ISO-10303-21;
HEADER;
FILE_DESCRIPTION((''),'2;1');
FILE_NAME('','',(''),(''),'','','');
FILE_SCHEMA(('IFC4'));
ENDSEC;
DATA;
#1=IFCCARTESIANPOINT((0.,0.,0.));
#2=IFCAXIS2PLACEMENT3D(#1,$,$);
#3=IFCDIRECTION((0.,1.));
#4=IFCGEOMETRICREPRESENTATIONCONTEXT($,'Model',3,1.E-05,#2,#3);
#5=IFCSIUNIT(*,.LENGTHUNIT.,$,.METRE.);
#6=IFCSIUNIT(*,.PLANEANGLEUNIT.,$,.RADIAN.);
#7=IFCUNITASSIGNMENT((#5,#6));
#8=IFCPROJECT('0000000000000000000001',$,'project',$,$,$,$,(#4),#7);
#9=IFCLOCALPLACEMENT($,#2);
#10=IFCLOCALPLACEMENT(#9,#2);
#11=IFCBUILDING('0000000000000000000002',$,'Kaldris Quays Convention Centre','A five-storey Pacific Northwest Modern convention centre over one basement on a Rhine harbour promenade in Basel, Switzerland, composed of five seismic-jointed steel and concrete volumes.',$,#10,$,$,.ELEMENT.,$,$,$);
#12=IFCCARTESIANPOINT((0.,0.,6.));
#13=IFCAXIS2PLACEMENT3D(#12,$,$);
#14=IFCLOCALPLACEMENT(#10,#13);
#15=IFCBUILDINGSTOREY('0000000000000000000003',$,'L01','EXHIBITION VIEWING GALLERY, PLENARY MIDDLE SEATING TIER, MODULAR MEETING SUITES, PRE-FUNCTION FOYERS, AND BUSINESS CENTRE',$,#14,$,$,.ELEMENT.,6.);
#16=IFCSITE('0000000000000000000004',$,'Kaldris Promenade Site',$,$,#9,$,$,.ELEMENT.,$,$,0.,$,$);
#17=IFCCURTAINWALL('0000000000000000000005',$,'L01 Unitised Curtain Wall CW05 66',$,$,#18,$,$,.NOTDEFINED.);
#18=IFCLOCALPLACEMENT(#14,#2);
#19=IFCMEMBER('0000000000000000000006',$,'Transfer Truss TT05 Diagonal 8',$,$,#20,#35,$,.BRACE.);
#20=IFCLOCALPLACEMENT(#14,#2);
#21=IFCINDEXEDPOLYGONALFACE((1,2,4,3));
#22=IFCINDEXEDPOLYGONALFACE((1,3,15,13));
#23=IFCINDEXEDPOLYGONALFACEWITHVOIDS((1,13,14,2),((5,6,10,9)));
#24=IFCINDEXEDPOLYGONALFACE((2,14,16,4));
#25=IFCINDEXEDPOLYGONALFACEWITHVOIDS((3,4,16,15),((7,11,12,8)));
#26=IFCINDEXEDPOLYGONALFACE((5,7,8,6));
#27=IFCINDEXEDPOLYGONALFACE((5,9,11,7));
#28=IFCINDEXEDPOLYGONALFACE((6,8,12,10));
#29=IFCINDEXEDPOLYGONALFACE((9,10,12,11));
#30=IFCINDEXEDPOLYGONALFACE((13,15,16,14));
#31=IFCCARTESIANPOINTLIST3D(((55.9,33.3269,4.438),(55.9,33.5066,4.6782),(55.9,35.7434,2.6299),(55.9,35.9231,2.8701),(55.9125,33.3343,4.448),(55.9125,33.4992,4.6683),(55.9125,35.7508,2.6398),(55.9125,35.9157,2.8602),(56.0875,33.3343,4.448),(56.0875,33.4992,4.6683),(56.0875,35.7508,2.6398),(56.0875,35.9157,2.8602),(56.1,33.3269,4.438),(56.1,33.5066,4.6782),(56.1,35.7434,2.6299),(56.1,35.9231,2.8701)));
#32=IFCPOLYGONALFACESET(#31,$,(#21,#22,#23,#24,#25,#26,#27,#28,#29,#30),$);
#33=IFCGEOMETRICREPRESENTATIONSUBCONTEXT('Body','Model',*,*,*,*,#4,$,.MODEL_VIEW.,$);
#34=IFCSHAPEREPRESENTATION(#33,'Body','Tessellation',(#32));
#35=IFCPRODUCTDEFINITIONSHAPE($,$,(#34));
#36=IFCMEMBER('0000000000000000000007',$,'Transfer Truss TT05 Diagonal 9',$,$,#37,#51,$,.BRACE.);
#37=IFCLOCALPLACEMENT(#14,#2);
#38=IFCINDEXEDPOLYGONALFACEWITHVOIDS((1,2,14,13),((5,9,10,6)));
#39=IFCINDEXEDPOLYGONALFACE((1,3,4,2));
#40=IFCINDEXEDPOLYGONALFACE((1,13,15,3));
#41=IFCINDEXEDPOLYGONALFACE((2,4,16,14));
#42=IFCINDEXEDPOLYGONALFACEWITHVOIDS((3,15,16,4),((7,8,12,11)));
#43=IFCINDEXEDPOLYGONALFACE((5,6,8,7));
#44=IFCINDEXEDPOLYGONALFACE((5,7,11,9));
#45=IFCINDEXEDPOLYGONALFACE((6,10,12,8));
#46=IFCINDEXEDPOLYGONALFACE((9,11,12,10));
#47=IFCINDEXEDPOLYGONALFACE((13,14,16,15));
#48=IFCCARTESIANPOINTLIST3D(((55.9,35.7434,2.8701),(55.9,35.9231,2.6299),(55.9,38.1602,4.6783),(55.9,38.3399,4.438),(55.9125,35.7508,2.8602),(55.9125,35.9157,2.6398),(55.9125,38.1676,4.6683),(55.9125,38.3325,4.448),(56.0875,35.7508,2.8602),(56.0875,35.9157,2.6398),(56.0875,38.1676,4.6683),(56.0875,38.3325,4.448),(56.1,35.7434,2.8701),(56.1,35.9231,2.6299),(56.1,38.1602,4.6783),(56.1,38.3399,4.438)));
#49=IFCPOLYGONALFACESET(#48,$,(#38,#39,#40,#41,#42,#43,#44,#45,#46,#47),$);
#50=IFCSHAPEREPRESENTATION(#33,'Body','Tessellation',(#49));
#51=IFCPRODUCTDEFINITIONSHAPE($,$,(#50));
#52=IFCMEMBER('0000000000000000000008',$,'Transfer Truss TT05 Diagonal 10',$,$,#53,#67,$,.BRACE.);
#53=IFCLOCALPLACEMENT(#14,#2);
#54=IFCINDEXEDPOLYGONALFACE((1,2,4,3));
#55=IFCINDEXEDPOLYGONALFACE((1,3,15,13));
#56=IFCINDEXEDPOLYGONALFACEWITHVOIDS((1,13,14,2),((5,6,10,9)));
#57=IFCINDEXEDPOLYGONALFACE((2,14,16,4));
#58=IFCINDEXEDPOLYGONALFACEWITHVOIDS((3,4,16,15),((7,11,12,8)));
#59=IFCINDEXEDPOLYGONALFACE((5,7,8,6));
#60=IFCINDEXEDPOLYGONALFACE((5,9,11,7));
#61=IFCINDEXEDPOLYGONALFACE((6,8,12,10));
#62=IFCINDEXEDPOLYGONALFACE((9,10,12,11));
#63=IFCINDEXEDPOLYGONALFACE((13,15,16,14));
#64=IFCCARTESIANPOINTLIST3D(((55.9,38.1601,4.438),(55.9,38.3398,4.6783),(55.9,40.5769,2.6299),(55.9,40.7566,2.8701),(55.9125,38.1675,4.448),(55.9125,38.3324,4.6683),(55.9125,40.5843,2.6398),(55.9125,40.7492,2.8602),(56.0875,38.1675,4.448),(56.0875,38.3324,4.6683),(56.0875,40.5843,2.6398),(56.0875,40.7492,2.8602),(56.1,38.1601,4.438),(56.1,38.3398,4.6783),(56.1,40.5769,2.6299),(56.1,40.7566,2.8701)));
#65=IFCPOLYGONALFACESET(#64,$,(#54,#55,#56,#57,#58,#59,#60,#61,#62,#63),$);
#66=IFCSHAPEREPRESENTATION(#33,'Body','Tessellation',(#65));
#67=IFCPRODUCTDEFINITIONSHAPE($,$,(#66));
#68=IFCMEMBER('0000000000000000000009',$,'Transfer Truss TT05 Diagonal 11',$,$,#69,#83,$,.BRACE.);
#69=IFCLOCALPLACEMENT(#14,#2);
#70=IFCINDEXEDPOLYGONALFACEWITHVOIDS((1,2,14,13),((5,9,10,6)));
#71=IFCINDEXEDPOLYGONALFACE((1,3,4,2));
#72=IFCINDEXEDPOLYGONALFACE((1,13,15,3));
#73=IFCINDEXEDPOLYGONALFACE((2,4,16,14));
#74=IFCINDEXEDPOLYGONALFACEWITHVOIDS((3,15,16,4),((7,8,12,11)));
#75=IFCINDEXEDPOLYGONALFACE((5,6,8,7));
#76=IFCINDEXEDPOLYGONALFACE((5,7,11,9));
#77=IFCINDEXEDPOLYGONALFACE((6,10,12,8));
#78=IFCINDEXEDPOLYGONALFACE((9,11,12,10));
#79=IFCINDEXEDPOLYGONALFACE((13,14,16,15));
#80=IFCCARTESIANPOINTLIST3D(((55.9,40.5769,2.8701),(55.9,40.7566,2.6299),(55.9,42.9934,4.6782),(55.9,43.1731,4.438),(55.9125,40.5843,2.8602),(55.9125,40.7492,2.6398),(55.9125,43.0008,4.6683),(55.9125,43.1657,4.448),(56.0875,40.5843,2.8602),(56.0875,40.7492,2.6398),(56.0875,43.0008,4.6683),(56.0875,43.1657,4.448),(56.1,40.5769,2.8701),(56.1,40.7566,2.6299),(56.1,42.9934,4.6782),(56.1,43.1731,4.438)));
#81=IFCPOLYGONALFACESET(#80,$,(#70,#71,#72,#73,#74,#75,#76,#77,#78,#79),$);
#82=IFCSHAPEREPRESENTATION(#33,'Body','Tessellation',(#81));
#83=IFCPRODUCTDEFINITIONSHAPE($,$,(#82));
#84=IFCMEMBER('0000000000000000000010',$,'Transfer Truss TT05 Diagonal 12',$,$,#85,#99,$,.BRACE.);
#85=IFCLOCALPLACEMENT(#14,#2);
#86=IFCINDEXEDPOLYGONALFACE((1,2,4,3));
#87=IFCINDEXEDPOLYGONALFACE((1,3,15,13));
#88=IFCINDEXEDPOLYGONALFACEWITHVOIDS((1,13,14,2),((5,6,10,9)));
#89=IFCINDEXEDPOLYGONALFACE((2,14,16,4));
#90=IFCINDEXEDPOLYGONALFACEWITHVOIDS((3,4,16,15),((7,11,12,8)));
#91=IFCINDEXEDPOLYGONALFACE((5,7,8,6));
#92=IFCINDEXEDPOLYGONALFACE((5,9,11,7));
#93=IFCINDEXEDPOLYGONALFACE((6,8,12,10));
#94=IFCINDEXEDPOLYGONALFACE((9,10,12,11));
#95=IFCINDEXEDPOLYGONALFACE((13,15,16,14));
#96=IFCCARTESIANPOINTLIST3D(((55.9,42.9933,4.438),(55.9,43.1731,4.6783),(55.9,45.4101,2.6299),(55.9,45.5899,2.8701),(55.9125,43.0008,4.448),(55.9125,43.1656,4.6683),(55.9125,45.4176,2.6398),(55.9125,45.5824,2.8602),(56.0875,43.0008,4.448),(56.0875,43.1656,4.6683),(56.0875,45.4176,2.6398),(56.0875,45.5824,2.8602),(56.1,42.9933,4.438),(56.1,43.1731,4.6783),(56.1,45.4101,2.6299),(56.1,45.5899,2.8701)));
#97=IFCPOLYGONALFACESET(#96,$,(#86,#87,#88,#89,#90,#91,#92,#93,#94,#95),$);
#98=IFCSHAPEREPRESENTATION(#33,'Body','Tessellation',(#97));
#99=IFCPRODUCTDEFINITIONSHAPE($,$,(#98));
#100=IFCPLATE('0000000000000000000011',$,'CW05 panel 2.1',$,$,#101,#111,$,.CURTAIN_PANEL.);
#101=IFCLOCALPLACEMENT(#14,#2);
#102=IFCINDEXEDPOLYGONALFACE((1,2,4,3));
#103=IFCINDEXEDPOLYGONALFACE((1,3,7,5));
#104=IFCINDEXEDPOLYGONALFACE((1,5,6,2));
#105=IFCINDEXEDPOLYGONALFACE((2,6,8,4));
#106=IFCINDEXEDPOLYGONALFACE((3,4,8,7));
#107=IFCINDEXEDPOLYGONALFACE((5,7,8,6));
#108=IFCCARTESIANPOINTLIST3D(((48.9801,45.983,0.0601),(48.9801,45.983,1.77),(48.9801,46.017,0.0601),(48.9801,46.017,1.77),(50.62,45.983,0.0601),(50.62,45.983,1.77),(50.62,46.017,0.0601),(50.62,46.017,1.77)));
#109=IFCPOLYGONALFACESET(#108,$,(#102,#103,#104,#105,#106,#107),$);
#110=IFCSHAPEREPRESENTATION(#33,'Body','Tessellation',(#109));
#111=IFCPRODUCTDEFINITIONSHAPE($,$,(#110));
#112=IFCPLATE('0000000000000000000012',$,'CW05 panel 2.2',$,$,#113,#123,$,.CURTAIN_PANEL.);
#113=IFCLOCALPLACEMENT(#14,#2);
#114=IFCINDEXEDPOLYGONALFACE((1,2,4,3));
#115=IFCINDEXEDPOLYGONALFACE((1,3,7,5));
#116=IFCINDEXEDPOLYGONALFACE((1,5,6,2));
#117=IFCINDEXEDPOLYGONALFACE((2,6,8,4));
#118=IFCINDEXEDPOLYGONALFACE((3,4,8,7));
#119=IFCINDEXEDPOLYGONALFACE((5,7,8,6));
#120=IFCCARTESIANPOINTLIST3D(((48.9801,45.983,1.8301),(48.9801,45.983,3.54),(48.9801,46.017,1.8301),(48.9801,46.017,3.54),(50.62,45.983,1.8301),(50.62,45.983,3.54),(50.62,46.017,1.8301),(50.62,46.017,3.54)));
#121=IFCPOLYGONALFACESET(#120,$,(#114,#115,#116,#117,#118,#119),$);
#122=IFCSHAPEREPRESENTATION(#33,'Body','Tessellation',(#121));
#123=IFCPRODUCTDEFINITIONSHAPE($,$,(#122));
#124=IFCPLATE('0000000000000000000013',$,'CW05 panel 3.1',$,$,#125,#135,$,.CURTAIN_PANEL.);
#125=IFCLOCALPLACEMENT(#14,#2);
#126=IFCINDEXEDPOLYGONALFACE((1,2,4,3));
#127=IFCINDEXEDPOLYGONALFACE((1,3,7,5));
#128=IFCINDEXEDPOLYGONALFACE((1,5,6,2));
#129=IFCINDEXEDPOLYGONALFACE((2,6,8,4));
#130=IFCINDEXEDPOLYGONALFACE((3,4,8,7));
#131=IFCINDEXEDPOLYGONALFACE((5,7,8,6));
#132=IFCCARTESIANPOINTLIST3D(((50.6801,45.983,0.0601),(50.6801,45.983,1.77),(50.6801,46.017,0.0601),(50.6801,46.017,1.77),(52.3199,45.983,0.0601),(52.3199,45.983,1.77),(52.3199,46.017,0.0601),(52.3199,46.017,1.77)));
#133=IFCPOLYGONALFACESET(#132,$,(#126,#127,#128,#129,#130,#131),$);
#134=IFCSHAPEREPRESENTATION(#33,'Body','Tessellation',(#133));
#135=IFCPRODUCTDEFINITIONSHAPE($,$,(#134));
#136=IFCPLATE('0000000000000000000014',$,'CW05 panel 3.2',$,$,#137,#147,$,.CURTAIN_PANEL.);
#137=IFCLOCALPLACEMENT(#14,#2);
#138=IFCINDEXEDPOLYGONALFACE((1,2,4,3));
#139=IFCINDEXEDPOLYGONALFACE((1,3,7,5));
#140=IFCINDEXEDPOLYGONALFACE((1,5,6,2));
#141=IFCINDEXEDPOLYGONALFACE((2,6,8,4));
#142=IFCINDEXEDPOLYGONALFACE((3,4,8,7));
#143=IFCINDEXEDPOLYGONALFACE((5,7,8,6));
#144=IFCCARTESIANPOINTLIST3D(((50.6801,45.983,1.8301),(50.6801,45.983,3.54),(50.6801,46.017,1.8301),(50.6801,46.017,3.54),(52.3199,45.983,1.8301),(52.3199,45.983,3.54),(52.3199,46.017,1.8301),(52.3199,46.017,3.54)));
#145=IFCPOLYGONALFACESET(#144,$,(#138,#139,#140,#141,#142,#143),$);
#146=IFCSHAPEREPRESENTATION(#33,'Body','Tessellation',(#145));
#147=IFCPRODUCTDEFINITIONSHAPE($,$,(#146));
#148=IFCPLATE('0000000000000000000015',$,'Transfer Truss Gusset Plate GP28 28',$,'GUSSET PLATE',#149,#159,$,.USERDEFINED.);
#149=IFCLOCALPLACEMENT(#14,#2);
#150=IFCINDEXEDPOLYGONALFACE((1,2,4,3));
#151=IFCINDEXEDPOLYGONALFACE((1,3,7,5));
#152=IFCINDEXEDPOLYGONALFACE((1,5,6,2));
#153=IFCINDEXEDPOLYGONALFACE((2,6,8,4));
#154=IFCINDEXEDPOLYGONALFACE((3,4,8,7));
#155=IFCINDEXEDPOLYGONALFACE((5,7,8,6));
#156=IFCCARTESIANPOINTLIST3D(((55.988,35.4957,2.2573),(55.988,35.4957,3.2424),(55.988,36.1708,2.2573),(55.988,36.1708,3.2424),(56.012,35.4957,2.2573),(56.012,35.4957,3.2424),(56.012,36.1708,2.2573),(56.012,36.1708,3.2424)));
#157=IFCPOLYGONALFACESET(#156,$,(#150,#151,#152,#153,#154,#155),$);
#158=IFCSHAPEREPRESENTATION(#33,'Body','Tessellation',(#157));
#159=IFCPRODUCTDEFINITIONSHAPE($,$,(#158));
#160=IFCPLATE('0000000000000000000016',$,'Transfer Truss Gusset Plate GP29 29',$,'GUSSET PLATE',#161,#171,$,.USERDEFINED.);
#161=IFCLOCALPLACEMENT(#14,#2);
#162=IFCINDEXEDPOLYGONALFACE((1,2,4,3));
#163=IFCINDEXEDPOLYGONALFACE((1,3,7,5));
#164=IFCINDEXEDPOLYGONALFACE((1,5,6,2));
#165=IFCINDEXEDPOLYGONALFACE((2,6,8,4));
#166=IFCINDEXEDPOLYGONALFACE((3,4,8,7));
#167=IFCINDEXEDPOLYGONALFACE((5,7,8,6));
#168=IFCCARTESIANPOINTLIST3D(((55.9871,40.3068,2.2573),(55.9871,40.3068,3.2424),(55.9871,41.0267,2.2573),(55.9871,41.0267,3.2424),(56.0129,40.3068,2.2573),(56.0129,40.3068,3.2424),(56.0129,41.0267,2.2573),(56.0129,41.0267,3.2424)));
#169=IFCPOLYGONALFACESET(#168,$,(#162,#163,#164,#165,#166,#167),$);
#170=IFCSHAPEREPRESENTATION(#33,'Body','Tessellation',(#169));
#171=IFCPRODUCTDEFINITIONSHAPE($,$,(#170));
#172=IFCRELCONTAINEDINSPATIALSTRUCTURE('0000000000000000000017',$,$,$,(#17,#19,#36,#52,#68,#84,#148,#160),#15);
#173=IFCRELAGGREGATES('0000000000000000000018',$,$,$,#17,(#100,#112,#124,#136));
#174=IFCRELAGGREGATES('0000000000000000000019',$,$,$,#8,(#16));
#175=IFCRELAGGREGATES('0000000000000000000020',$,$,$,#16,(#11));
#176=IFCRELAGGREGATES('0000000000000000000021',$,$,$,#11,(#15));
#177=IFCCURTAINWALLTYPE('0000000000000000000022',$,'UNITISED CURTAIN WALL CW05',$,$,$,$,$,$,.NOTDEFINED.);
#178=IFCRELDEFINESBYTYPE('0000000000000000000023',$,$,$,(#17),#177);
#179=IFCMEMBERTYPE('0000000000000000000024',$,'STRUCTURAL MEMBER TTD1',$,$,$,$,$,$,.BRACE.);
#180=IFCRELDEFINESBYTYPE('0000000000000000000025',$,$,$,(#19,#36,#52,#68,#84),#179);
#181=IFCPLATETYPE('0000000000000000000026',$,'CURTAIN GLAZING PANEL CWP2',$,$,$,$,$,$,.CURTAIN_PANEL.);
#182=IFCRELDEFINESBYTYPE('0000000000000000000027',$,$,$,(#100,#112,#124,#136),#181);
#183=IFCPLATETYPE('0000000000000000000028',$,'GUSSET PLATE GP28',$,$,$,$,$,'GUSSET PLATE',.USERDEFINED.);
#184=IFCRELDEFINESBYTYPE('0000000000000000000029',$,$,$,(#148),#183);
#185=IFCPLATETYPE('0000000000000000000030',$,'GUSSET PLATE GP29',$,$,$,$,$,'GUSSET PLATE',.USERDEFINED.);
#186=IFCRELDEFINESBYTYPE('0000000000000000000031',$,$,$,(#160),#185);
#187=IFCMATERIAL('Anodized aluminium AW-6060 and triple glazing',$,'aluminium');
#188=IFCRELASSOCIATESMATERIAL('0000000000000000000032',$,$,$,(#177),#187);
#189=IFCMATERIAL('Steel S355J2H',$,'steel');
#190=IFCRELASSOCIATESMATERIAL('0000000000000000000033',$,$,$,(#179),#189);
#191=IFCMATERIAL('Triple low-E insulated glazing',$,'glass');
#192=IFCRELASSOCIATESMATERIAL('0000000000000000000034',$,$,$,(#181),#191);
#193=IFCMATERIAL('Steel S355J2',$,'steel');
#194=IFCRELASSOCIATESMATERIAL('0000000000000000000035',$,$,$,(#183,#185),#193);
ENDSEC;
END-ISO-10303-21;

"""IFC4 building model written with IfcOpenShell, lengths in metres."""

from ifc_helpers import new_model, si_unit, direction, frame, origin, origin_2d, place, context, subcontext, project, spatial, rectangle, hollow_rectangle, extrude, material, material_profile, profile_set, type_object, element, aggregate, save


model = new_model("IFC4")

# Units and contexts
model_context = context("Model", 3, precision=1e-05, world=origin(), true_north=direction((0.0, 1.0)))
body_context = subcontext(model_context, "Body", "Model", "MODEL_VIEW")
ifc_project = project(units=[si_unit("LENGTHUNIT", "METRE"), si_unit("PLANEANGLEUNIT", "RADIAN")], contexts=[model_context])

# Site, building, storey
site_placement = place(None, origin())
site = spatial("IfcSite", under=ifc_project, at=site_placement, Name="Kaldris Promenade Site", CompositionType="ELEMENT", RefElevation=0.0)
building_placement = place(site_placement, origin())
building = spatial("IfcBuilding", under=site, at=building_placement, Name="Kaldris Quays Convention Centre", Description="A five-storey Pacific Northwest Modern convention centre over one basement on a Rhine harbour promenade in Basel, Switzerland, composed of five seismic-jointed steel and concrete volumes.", CompositionType="ELEMENT")
storey_placement = place(building_placement, frame((0.0, 0.0, 6.0)))
storey = spatial("IfcBuildingStorey", under=building, at=storey_placement, Name="L01", Description="EXHIBITION VIEWING GALLERY, PLENARY MIDDLE SEATING TIER, MODULAR MEETING SUITES, PRE-FUNCTION FOYERS, AND BUSINESS CENTRE", CompositionType="ELEMENT", Elevation=6.0)

# Curtain wall
ifc_material_1 = material(Name="Anodized aluminium AW-6060 and triple glazing", Category="aluminium")
curtain_wall_type = type_object("IfcCurtainWallType", Name="UNITISED CURTAIN WALL CW05", PredefinedType="NOTDEFINED", material=ifc_material_1)
curtain_wall_placement = place(storey_placement, origin())
curtain_wall = element("IfcCurtainWall", 1, at=curtain_wall_placement, inside=storey, type_object=curtain_wall_type, Name="L01 Unitised Curtain Wall CW05 66", PredefinedType="NOTDEFINED")

# Shared definitions
ifc_material_2 = material(Name="Steel S355J2", Category="steel")

# Members
ifc_material_3 = material(Name="Steel S355J2H", Category="steel")
ifc_material_profile_1 = material_profile(ifc_material_3, hollow_rectangle(XDim=0.2, YDim=0.3, WallThickness=0.0125, at=origin_2d()), Name="RHS 300x200x12.5")
ifc_profile_set_1 = profile_set([ifc_material_profile_1], Name="Steel S355J2H")
member_type_1 = type_object("IfcMemberType", Name="STRUCTURAL MEMBER TTD1", PredefinedType="BRACE", material=ifc_profile_set_1)
member_1_placement = place(storey_placement, frame((56.0, 35.8333, 2.75), z_axis=(0.0, -0.800679, 0.599094), x_axis=(1.0, 0.0, 0.0)))
element("IfcMember", 2, at=member_1_placement, inside=storey, type_object=member_type_1, Name="Transfer Truss TT05 Diagonal 8", PredefinedType="BRACE", context=body_context, shape_type="SweptSolid", body=[
    extrude(hollow_rectangle(XDim=0.2, YDim=0.3, WallThickness=0.0125, at=origin_2d()), origin(), (0.0, 0.0, 1.0), 3.0181),
])
for number, where, z_axis, x_axis, name in (
    (3, (56.0, 35.8333, 2.75), (0.0, 0.800708, 0.599055), (-1.0, 0.0, 0.0), "Transfer Truss TT05 Diagonal 9"),
    (4, (56.0, 40.6667, 2.75), (0.0, -0.800708, 0.599055), (1.0, 0.0, 0.0), "Transfer Truss TT05 Diagonal 10"),
):
    element("IfcMember", number, at=place(storey_placement, frame(where, z_axis=z_axis, x_axis=x_axis)), inside=storey, type_object=member_type_1, Name=name, PredefinedType="BRACE", context=body_context, shape_type="SweptSolid", body=[
        extrude(hollow_rectangle(XDim=0.2, YDim=0.3, WallThickness=0.0125, at=origin_2d()), origin(), (0.0, 0.0, 1.0), 3.0183),
    ])
member_2_placement = place(storey_placement, frame((56.0, 40.6667, 2.75), z_axis=(0.0, 0.800679, 0.599094), x_axis=(-1.0, 0.0, 0.0)))
element("IfcMember", 5, at=member_2_placement, inside=storey, type_object=member_type_1, Name="Transfer Truss TT05 Diagonal 11", PredefinedType="BRACE", context=body_context, shape_type="SweptSolid", body=[
    extrude(hollow_rectangle(XDim=0.2, YDim=0.3, WallThickness=0.0125, at=origin_2d()), origin(), (0.0, 0.0, 1.0), 3.0181),
])
member_3_placement = place(storey_placement, frame((56.0, 45.5, 2.75), z_axis=(0.0, -0.800708, 0.599055), x_axis=(1.0, 0.0, 0.0)))
element("IfcMember", 6, at=member_3_placement, inside=storey, type_object=member_type_1, Name="Transfer Truss TT05 Diagonal 12", PredefinedType="BRACE", context=body_context, shape_type="SweptSolid", body=[
    extrude(hollow_rectangle(XDim=0.2, YDim=0.3, WallThickness=0.0125, at=origin_2d()), origin(), (0.0, 0.0, 1.0), 3.0183),
])

# Plates
ifc_material_4 = material(Name="Triple low-E insulated glazing", Category="glass")
plate_type_1 = type_object("IfcPlateType", Name="CURTAIN GLAZING PANEL CWP2", PredefinedType="CURTAIN_PANEL", material=ifc_material_4)
plate_1_placement = place(storey_placement, frame((49.8, 46.0, 0.0601), z_axis=(0.0, 0.0, 1.0), x_axis=(1.0, 0.0, 0.0)))
plate_1 = element("IfcPlate", 7, at=plate_1_placement, type_object=plate_type_1, Name="CW05 panel 2.1", PredefinedType="CURTAIN_PANEL", context=body_context, shape_type="SweptSolid", body=[
    extrude(rectangle(XDim=1.6399, YDim=0.0339, at=origin_2d()), origin(), (0.0, 0.0, 1.0), 1.71),
])
plate_2_placement = place(storey_placement, frame((49.8, 46.0, 1.8301), z_axis=(0.0, 0.0, 1.0), x_axis=(1.0, 0.0, 0.0)))
plate_2 = element("IfcPlate", 8, at=plate_2_placement, type_object=plate_type_1, Name="CW05 panel 2.2", PredefinedType="CURTAIN_PANEL", context=body_context, shape_type="SweptSolid", body=[
    extrude(rectangle(XDim=1.6399, YDim=0.0339, at=origin_2d()), origin(), (0.0, 0.0, 1.0), 1.71),
])
plate_3_placement = place(storey_placement, frame((51.5, 46.0, 0.0601), z_axis=(0.0, 0.0, 1.0), x_axis=(1.0, 0.0, 0.0)))
plate_3 = element("IfcPlate", 9, at=plate_3_placement, type_object=plate_type_1, Name="CW05 panel 3.1", PredefinedType="CURTAIN_PANEL", context=body_context, shape_type="SweptSolid", body=[
    extrude(rectangle(XDim=1.6399, YDim=0.0339, at=origin_2d()), origin(), (0.0, 0.0, 1.0), 1.71),
])
plate_4_placement = place(storey_placement, frame((51.5, 46.0, 1.8301), z_axis=(0.0, 0.0, 1.0), x_axis=(1.0, 0.0, 0.0)))
plate_4 = element("IfcPlate", 10, at=plate_4_placement, type_object=plate_type_1, Name="CW05 panel 3.2", PredefinedType="CURTAIN_PANEL", context=body_context, shape_type="SweptSolid", body=[
    extrude(rectangle(XDim=1.6399, YDim=0.0339, at=origin_2d()), origin(), (0.0, 0.0, 1.0), 1.71),
])
aggregate(curtain_wall, [plate_1, plate_2, plate_3, plate_4])

# Plates
plate_type_2 = type_object("IfcPlateType", Name="GUSSET PLATE GP28", ElementType="GUSSET PLATE", PredefinedType="USERDEFINED", material=ifc_material_2)
plate_5_placement = place(storey_placement, frame((56.0, 35.8333, 2.2573), z_axis=(0.0, 0.0, 1.0), x_axis=(1.0, 0.0, 0.0)))
element("IfcPlate", 11, at=plate_5_placement, inside=storey, type_object=plate_type_2, Name="Transfer Truss Gusset Plate GP28 28", ObjectType="GUSSET PLATE", PredefinedType="USERDEFINED", context=body_context, shape_type="SweptSolid", body=[
    extrude(rectangle(XDim=0.0239, YDim=0.675, at=origin_2d()), origin(), (0.0, 0.0, 1.0), 0.9851),
])
plate_type_3 = type_object("IfcPlateType", Name="GUSSET PLATE GP29", ElementType="GUSSET PLATE", PredefinedType="USERDEFINED", material=ifc_material_2)
plate_6_placement = place(storey_placement, frame((56.0, 40.6667, 2.2573), z_axis=(0.0, 0.0, 1.0), x_axis=(1.0, 0.0, 0.0)))
element("IfcPlate", 12, at=plate_6_placement, inside=storey, type_object=plate_type_3, Name="Transfer Truss Gusset Plate GP29 29", ObjectType="GUSSET PLATE", PredefinedType="USERDEFINED", context=body_context, shape_type="SweptSolid", body=[
    extrude(rectangle(XDim=0.0259, YDim=0.72, at=origin_2d()), origin(), (0.0, 0.0, 1.0), 0.9851),
])

save(model, "model.ifc")
